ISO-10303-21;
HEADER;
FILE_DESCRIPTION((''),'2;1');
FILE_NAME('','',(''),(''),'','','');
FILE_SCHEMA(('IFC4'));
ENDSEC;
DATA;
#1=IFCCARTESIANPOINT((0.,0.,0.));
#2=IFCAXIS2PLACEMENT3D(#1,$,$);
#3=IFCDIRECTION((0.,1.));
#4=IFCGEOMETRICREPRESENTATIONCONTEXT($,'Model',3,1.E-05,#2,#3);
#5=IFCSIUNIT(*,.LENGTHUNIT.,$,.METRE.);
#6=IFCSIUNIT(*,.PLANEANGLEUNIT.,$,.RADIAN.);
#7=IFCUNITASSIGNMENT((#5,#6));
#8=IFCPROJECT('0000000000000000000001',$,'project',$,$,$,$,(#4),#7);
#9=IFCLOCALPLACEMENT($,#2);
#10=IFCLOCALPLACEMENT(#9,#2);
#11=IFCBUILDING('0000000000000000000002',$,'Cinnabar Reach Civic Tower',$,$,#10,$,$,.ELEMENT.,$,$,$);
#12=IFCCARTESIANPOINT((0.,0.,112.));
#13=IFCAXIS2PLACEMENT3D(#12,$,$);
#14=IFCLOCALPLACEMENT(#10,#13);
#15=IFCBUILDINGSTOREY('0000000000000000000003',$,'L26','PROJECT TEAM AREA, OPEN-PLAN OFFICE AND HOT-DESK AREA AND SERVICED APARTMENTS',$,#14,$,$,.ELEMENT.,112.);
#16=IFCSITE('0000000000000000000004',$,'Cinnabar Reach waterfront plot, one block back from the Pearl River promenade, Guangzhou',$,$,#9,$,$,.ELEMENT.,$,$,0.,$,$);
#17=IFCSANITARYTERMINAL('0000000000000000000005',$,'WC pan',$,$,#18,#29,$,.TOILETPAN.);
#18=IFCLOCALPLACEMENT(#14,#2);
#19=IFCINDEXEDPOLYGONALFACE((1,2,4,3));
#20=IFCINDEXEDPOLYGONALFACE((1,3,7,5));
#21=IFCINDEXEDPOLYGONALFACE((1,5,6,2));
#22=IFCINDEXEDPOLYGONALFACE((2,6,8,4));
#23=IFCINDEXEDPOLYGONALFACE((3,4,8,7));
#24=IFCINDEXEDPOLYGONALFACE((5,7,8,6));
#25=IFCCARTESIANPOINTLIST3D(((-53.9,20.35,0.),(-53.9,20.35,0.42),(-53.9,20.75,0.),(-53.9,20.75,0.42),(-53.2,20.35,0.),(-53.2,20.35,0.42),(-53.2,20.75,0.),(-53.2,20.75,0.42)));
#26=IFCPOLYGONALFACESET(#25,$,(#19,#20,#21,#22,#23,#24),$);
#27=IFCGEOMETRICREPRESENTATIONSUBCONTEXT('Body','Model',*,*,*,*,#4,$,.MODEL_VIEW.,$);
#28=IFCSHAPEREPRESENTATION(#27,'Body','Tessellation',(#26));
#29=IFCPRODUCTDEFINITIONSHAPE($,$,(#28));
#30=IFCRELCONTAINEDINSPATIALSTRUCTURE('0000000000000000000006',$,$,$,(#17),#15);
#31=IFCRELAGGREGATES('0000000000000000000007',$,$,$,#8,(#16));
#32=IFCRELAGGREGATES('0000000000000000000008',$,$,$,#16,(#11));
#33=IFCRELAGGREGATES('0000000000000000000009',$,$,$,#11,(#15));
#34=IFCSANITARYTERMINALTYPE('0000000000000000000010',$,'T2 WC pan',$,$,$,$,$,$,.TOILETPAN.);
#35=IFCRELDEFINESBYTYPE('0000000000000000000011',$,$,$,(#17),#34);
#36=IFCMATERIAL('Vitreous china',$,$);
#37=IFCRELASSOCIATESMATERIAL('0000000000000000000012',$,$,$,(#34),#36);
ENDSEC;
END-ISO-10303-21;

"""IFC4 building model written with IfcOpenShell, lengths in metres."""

from ifc_helpers import new_model, si_unit, direction, frame, origin, origin_2d, place, context, subcontext, project, spatial, rectangle, extrude, material, type_object, element, save


model = new_model("IFC4")

# Units and contexts
model_context = context("Model", 3, precision=1e-05, world=origin(), true_north=direction((0.0, 1.0)))
body_context = subcontext(model_context, "Body", "Model", "MODEL_VIEW")
ifc_project = project(units=[si_unit("LENGTHUNIT", "METRE"), si_unit("PLANEANGLEUNIT", "RADIAN")], contexts=[model_context])

# Site, building, storey
site_placement = place(None, origin())
site = spatial("IfcSite", under=ifc_project, at=site_placement, Name="Cinnabar Reach waterfront plot, one block back from the Pearl River promenade, Guangzhou", CompositionType="ELEMENT", RefElevation=0.0)
building_placement = place(site_placement, origin())
building = spatial("IfcBuilding", under=site, at=building_placement, Name="Cinnabar Reach Civic Tower", CompositionType="ELEMENT")
storey_placement = place(building_placement, frame((0.0, 0.0, 112.0)))
storey = spatial("IfcBuildingStorey", under=building, at=storey_placement, Name="L26", Description="PROJECT TEAM AREA, OPEN-PLAN OFFICE AND HOT-DESK AREA AND SERVICED APARTMENTS", CompositionType="ELEMENT", Elevation=112.0)

# Sanitary terminal
ifc_material_1 = material(Name="Vitreous china")
sanitary_terminal_type = type_object("IfcSanitaryTerminalType", Name="T2 WC pan", PredefinedType="TOILETPAN", material=ifc_material_1)
sanitary_terminal_placement = place(storey_placement, frame((-53.55, 20.55, 0.0), z_axis=(0.0, 0.0, 1.0), x_axis=(1.0, 0.0, 0.0)))
element("IfcSanitaryTerminal", 1, at=sanitary_terminal_placement, inside=storey, type_object=sanitary_terminal_type, Name="WC pan", PredefinedType="TOILETPAN", context=body_context, shape_type="SweptSolid", body=[
    extrude(rectangle(XDim=0.7, YDim=0.4, at=origin_2d()), origin(), (0.0, 0.0, 1.0), 0.42),
])

save(model, "model.ifc")
